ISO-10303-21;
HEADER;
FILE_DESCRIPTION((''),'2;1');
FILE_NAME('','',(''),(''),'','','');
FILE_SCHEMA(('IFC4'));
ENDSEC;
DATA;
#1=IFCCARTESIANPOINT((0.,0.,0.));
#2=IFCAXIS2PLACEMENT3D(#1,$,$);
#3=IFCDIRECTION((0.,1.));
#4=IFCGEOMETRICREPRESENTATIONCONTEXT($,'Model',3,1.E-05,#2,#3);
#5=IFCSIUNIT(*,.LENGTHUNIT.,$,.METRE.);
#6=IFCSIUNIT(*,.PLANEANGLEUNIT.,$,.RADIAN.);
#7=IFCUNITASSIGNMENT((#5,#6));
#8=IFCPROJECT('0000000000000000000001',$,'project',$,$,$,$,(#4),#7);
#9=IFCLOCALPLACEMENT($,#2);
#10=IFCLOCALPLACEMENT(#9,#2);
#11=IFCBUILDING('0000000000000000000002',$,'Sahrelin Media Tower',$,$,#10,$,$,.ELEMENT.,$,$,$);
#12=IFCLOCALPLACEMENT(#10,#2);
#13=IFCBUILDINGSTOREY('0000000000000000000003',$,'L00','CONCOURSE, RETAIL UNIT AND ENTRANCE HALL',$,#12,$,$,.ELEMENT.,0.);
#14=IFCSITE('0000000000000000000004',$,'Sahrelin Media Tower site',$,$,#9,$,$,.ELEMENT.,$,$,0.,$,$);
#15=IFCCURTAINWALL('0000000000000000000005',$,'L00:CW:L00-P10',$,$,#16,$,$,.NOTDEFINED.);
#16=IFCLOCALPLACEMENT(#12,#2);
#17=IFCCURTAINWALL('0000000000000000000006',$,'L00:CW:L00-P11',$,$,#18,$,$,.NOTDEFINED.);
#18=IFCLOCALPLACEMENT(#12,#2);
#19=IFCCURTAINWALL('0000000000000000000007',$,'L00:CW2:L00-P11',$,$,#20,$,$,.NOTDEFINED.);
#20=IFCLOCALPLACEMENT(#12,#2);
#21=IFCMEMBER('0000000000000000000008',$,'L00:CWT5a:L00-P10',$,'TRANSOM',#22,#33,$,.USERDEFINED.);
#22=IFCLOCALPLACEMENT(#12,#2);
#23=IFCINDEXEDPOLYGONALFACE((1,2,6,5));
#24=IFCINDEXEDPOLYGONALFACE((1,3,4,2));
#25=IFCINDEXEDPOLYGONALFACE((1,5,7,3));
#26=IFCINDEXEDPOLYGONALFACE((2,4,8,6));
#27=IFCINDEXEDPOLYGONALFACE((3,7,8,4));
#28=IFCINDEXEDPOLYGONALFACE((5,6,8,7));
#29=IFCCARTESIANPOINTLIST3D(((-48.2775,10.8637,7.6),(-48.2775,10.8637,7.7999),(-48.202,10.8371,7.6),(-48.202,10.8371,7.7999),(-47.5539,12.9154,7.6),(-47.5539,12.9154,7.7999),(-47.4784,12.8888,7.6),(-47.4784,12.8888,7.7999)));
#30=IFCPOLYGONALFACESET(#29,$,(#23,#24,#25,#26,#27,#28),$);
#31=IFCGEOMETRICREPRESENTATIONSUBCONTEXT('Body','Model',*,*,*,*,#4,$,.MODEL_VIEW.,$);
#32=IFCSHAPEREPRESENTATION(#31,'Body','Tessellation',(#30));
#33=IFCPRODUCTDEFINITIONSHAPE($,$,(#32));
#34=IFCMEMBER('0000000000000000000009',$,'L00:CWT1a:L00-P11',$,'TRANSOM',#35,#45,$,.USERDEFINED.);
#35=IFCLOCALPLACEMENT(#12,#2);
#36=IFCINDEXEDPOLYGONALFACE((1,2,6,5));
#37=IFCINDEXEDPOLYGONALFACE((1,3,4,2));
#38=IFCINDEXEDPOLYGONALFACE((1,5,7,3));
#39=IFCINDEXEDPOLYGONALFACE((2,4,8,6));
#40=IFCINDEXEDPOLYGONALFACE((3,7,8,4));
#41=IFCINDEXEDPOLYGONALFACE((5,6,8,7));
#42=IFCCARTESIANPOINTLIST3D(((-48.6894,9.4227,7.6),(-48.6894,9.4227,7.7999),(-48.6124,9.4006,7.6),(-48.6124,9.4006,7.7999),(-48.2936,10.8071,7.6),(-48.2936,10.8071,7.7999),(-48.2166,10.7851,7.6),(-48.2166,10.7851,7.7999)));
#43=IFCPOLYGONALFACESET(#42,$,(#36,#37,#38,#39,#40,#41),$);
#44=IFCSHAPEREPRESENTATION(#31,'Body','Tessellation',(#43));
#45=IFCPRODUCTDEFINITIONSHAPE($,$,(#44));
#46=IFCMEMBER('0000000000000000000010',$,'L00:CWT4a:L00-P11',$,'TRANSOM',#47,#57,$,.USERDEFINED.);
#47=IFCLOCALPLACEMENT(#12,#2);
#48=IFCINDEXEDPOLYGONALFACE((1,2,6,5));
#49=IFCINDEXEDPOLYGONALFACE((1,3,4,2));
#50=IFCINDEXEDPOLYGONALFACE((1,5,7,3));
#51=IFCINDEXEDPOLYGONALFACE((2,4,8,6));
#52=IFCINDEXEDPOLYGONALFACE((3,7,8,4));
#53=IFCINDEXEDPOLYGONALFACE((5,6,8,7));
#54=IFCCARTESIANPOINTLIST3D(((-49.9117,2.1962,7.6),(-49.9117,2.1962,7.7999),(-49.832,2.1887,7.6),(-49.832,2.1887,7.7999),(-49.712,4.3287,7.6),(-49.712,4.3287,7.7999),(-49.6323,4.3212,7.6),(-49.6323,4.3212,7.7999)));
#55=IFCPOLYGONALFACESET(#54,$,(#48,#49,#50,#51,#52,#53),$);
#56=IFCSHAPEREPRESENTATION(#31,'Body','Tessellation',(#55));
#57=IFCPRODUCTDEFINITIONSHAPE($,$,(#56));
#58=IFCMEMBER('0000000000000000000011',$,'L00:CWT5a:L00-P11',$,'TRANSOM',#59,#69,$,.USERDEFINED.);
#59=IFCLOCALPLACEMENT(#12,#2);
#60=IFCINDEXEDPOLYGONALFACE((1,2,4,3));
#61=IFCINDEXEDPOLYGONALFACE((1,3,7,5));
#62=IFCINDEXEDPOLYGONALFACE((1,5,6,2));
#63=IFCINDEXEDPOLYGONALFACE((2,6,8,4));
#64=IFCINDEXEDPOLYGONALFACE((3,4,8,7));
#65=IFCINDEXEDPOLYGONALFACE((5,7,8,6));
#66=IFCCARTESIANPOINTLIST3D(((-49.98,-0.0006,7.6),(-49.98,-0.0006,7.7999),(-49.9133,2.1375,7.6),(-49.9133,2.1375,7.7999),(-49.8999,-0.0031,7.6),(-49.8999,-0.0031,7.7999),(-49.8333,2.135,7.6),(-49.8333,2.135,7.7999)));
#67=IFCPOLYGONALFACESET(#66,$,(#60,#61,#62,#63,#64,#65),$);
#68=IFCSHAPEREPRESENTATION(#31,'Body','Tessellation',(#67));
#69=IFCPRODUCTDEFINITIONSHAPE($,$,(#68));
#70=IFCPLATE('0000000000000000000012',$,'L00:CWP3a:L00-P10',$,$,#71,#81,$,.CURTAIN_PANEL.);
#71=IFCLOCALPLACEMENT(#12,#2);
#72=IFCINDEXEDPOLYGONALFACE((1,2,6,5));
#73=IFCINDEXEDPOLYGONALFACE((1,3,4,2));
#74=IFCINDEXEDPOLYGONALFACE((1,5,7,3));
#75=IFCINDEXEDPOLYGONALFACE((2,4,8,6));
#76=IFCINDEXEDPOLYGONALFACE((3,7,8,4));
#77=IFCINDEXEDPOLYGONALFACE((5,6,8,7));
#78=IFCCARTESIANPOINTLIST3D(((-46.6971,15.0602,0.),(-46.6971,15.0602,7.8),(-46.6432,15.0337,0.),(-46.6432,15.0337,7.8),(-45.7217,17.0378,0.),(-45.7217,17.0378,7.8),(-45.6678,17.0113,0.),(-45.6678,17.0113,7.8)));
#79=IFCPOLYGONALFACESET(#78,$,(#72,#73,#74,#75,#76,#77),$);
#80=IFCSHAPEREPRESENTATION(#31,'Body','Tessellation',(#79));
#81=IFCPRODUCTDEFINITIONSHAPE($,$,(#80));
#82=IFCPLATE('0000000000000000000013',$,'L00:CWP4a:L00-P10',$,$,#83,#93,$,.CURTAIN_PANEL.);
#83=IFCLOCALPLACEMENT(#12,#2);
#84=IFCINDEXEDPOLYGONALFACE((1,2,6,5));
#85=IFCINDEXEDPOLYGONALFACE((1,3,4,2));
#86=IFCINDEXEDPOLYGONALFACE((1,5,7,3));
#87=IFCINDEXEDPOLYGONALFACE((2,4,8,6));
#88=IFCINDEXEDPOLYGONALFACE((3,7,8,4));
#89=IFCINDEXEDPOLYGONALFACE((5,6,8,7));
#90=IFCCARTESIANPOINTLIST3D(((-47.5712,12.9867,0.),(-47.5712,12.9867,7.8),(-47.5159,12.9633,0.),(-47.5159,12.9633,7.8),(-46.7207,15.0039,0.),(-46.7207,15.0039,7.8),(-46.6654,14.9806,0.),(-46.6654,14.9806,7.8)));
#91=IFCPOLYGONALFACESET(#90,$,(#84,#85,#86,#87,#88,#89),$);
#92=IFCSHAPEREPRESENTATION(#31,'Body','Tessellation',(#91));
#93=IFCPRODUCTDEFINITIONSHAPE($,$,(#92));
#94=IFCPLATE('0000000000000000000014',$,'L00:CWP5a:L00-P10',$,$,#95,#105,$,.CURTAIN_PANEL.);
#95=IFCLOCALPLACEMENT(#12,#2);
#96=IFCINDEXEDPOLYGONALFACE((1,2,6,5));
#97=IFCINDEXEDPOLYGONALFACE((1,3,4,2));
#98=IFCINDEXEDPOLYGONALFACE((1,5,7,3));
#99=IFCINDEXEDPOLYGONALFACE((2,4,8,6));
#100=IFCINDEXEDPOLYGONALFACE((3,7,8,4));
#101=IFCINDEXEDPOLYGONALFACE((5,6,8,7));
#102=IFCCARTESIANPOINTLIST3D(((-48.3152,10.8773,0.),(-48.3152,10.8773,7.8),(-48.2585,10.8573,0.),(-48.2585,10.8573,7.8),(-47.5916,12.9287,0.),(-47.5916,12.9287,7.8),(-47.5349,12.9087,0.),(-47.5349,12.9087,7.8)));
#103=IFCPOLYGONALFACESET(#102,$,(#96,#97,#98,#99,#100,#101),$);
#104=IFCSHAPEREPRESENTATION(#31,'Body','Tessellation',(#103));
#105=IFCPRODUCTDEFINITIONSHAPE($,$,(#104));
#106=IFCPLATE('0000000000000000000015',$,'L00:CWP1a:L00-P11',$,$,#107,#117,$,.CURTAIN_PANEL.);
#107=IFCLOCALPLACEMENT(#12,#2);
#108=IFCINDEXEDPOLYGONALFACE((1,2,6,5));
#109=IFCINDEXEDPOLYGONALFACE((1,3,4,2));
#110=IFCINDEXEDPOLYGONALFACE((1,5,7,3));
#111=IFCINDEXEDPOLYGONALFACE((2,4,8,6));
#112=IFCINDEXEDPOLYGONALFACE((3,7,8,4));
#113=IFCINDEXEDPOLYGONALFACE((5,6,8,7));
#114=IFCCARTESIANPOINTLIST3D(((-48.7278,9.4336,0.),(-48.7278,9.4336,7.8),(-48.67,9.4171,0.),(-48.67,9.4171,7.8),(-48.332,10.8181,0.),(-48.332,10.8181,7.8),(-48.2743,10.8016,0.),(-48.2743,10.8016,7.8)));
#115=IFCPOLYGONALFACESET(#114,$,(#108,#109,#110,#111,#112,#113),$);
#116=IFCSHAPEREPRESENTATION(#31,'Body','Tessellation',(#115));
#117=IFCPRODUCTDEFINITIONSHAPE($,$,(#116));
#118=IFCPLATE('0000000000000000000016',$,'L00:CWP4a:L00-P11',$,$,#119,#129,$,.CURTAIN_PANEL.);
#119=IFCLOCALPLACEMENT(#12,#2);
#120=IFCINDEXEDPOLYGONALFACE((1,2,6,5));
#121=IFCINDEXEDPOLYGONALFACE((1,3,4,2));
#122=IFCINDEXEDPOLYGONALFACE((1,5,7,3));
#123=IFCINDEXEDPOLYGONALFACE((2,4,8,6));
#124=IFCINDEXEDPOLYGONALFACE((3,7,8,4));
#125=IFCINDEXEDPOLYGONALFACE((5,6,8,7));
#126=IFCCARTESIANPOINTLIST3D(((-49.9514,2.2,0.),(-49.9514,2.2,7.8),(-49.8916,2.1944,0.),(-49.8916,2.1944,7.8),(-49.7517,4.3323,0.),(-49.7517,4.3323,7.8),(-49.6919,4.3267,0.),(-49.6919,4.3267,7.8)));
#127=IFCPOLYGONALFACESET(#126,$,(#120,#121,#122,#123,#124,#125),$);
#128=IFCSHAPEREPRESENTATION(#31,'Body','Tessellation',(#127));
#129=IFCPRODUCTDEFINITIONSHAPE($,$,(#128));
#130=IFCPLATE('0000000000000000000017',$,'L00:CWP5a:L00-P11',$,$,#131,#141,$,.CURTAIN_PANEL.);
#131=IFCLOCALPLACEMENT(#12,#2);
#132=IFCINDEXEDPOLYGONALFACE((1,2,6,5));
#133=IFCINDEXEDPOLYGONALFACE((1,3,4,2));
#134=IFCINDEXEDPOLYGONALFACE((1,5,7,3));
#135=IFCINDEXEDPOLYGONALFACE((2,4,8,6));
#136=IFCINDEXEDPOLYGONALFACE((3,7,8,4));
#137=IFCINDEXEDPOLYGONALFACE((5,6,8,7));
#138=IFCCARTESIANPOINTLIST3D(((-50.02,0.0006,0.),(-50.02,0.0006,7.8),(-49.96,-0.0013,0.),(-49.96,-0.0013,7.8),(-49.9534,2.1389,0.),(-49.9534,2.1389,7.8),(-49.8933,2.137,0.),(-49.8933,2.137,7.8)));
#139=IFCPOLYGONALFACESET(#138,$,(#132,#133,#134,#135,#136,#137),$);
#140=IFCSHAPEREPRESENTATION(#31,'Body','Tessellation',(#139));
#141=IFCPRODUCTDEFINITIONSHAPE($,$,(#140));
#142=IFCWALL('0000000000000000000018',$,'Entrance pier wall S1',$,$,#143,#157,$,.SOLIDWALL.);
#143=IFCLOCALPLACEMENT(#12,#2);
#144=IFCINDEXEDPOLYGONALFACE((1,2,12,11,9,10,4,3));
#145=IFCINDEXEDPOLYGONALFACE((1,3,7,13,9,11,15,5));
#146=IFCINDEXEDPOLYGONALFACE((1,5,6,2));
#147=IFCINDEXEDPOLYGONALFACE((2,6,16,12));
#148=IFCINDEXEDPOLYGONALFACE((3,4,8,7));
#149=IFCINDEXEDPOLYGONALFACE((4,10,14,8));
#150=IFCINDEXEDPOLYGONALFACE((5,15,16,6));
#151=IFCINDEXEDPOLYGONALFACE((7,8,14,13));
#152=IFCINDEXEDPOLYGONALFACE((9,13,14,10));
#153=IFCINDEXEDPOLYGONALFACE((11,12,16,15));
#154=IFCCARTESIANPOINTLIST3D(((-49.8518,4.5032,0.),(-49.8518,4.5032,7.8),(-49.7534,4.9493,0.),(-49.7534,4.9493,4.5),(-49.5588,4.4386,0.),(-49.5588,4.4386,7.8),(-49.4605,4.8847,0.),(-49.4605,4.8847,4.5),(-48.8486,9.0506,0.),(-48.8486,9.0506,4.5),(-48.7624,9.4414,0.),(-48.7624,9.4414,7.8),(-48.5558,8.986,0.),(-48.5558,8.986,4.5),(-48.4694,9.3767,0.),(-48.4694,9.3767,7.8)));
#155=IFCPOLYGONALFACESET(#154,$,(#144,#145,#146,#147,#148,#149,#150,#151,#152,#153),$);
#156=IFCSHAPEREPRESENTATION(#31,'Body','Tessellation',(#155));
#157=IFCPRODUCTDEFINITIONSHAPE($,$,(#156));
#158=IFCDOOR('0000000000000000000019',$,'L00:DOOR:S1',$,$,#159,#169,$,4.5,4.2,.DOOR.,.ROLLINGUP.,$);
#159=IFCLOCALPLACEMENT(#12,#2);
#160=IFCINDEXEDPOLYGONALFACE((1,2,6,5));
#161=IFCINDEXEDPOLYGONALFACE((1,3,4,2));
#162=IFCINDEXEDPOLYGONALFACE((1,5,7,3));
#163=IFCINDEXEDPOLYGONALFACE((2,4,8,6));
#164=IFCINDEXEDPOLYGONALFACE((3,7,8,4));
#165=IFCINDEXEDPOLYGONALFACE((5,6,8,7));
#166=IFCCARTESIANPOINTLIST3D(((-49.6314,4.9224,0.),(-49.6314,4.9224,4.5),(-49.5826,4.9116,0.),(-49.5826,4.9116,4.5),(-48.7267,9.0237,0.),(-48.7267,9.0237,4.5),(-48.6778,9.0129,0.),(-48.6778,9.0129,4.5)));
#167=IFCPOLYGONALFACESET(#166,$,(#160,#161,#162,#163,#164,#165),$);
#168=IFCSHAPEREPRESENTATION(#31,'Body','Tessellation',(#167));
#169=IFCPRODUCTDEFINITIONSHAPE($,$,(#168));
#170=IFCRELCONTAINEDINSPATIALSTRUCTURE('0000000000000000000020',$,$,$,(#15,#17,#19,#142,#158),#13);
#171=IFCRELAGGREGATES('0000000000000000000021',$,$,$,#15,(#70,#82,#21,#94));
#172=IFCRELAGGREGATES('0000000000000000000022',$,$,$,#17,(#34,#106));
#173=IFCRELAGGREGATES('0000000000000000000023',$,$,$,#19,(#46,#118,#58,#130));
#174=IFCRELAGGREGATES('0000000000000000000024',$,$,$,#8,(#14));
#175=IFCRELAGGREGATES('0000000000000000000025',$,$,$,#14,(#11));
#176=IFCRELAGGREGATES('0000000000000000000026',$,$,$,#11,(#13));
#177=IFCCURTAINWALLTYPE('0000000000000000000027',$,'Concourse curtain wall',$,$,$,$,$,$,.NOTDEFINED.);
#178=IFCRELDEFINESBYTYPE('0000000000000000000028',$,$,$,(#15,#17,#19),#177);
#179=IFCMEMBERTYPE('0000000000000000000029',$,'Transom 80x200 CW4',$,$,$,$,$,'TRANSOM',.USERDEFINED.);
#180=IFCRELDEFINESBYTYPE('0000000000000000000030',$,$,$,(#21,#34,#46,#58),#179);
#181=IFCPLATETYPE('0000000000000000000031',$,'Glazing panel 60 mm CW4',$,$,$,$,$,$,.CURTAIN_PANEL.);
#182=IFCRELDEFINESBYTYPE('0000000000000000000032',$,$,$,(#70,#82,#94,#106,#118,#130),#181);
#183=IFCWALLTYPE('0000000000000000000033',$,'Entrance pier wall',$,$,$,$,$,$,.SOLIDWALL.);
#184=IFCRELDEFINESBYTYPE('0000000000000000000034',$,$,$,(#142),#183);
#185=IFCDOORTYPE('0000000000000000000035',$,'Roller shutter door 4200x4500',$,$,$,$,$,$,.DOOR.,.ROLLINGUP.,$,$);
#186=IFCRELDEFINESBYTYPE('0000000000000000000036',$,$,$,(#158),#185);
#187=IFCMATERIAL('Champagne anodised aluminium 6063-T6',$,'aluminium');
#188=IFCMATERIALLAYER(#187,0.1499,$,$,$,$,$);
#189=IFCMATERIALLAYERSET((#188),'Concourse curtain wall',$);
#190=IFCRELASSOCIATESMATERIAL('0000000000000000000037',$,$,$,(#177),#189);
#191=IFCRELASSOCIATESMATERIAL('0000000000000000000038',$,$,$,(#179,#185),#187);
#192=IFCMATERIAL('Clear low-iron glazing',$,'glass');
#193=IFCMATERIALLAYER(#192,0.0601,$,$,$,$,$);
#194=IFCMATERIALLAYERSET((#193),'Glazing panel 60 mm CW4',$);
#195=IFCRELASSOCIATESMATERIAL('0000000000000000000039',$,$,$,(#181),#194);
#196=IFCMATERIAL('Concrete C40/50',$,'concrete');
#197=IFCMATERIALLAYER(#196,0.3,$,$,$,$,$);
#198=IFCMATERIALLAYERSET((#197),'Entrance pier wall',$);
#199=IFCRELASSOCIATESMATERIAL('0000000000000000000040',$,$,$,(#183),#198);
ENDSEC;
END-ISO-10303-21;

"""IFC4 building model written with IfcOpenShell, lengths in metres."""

from ifc_helpers import new_model, si_unit, direction, frame, frame_2d, origin, origin_2d, place, context, subcontext, project, spatial, polyline, rectangle, outline, extrude, material, layer, layer_set, material_profile, profile_set, type_object, element, fill, aggregate, save


model = new_model("IFC4")

# Units and contexts
model_context = context("Model", 3, precision=1e-05, world=origin(), true_north=direction((0.0, 1.0)))
body_context = subcontext(model_context, "Body", "Model", "MODEL_VIEW")
ifc_project = project(units=[si_unit("LENGTHUNIT", "METRE"), si_unit("PLANEANGLEUNIT", "RADIAN")], contexts=[model_context])

# Site, building, storey
site_placement = place(None, origin())
site = spatial("IfcSite", under=ifc_project, at=site_placement, Name="Sahrelin Media Tower site", CompositionType="ELEMENT", RefElevation=0.0)
building_placement = place(site_placement, origin())
building = spatial("IfcBuilding", under=site, at=building_placement, Name="Sahrelin Media Tower", CompositionType="ELEMENT")
storey_placement = place(building_placement, origin())
storey = spatial("IfcBuildingStorey", under=building, at=storey_placement, Name="L00", Description="CONCOURSE, RETAIL UNIT AND ENTRANCE HALL", CompositionType="ELEMENT", Elevation=0.0)

# Curtain wall
ifc_material_1 = material(Name="Champagne anodised aluminium 6063-T6", Category="aluminium")
ifc_layer_1 = layer(ifc_material_1, 0.1499)
ifc_layer_set_1 = layer_set([ifc_layer_1], Name="Concourse curtain wall")
curtain_wall_type = type_object("IfcCurtainWallType", Name="Concourse curtain wall", PredefinedType="NOTDEFINED", material=ifc_layer_set_1)
curtain_wall_1_placement = place(storey_placement, frame((-43.3013, 21.0, 0.0), z_axis=(0.0, 0.0, 1.0), x_axis=(1.0, 0.0, 0.0)))
curtain_wall_1 = element("IfcCurtainWall", 1, at=curtain_wall_1_placement, inside=storey, type_object=curtain_wall_type, Name="L00:CW:L00-P10", PredefinedType="NOTDEFINED")

# Curtain wall
curtain_wall_2_placement = place(storey_placement, frame((-48.2964, 10.8704, 0.0), z_axis=(0.0, 0.0, 1.0), x_axis=(1.0, 0.0, 0.0)))
curtain_wall_2 = element("IfcCurtainWall", 2, at=curtain_wall_2_placement, inside=storey, type_object=curtain_wall_type, Name="L00:CW:L00-P11", PredefinedType="NOTDEFINED")

# Curtain wall
curtain_wall_3_placement = place(storey_placement, frame((-49.7039, 4.5327, 0.0), z_axis=(0.0, 0.0, 1.0), x_axis=(1.0, 0.0, 0.0)))
curtain_wall_3 = element("IfcCurtainWall", 3, at=curtain_wall_3_placement, inside=storey, type_object=curtain_wall_type, Name="L00:CW2:L00-P11", PredefinedType="NOTDEFINED")

# Members
ifc_material_profile_1 = material_profile(ifc_material_1, rectangle(XDim=0.0801, YDim=0.2, at=origin_2d()), Name="Transom 80x200")
ifc_profile_set_1 = profile_set([ifc_material_profile_1], Name="Champagne anodised aluminium 6063-T6")
member_type_1 = type_object("IfcMemberType", Name="Transom 80x200 CW4", ElementType="TRANSOM", PredefinedType="USERDEFINED", material=ifc_profile_set_1)
member_1_placement = place(storey_placement, frame((-47.5161, 12.9021, 7.7), z_axis=(-0.332609, -0.943065, 0.0), x_axis=(0.943065, -0.332609, 0.0)))
member_1 = element("IfcMember", 4, at=member_1_placement, type_object=member_type_1, Name="L00:CWT5a:L00-P10", ObjectType="TRANSOM", PredefinedType="USERDEFINED", context=body_context, shape_type="SweptSolid", body=[
    extrude(rectangle(XDim=0.0801, YDim=0.2, at=origin_2d()), origin(), (0.0, 0.0, 1.0), 2.1755),
])
member_2_placement = place(storey_placement, frame((-48.2551, 10.7961, 7.7), z_axis=(-0.274833, -0.961492, 0.0), x_axis=(0.961492, -0.274833, 0.0)))
member_2 = element("IfcMember", 5, at=member_2_placement, type_object=member_type_1, Name="L00:CWT1a:L00-P11", ObjectType="TRANSOM", PredefinedType="USERDEFINED", context=body_context, shape_type="SweptSolid", body=[
    extrude(rectangle(XDim=0.0801, YDim=0.2, at=origin_2d()), origin(), (0.0, 0.0, 1.0), 1.4399),
])
member_3_placement = place(storey_placement, frame((-49.6721, 4.325, 7.7), z_axis=(-0.093238, -0.995644, 0.0), x_axis=(0.995644, -0.093238, 0.0)))
member_3 = element("IfcMember", 6, at=member_3_placement, type_object=member_type_1, Name="L00:CWT4a:L00-P11", ObjectType="TRANSOM", PredefinedType="USERDEFINED", context=body_context, shape_type="SweptSolid", body=[
    extrude(rectangle(XDim=0.0801, YDim=0.2, at=origin_2d()), origin(), (0.0, 0.0, 1.0), 2.1418),
])
member_4_placement = place(storey_placement, frame((-49.8733, 2.1362, 7.7), z_axis=(-0.031156, -0.999515, 0.0), x_axis=(0.999515, -0.031156, 0.0)))
member_4 = element("IfcMember", 7, at=member_4_placement, type_object=member_type_1, Name="L00:CWT5a:L00-P11", ObjectType="TRANSOM", PredefinedType="USERDEFINED", context=body_context, shape_type="SweptSolid", body=[
    extrude(rectangle(XDim=0.0801, YDim=0.2, at=origin_2d()), origin(), (0.0, 0.0, 1.0), 2.1392),
])

# Plates
ifc_material_2 = material(Name="Clear low-iron glazing", Category="glass")
ifc_layer_2 = layer(ifc_material_2, 0.0601)
ifc_layer_set_2 = layer_set([ifc_layer_2], Name="Glazing panel 60 mm CW4")
plate_type = type_object("IfcPlateType", Name="Glazing panel 60 mm CW4", PredefinedType="CURTAIN_PANEL", material=ifc_layer_set_2)
plate_1_placement = place(storey_placement, frame((-45.7217, 17.0378, 0.0), z_axis=(-0.89685, 0.442335, 0.0), x_axis=(-0.442335, -0.89685, 0.0)))
plate_1 = element("IfcPlate", 8, at=plate_1_placement, type_object=plate_type, Name="L00:CWP3a:L00-P10", PredefinedType="CURTAIN_PANEL", context=body_context, shape_type="SweptSolid", body=[
    extrude(outline(polyline([(0.0, 0.0), (2.2051, 0.0), (2.2051, 7.8), (0.0, 7.8), (0.0, 0.0)])), origin(), (0.0, 0.0, -1.0), 0.0601),
])
plate_2_placement = place(storey_placement, frame((-46.7207, 15.0039, 0.0), z_axis=(-0.921442, 0.388516, 0.0), x_axis=(-0.388516, -0.921442, 0.0)))
plate_2 = element("IfcPlate", 9, at=plate_2_placement, type_object=plate_type, Name="L00:CWP4a:L00-P10", PredefinedType="CURTAIN_PANEL", context=body_context, shape_type="SweptSolid", body=[
    extrude(outline(polyline([(0.0, 0.0), (2.1892, 0.0), (2.1892, 7.8), (0.0, 7.8), (0.0, 0.0)])), origin(), (0.0, 0.0, -1.0), 0.0601),
])
plate_3_placement = place(storey_placement, frame((-47.5916, 12.9287, 0.0), z_axis=(-0.943052, 0.332644, 0.0), x_axis=(-0.332644, -0.943052, 0.0)))
plate_3 = element("IfcPlate", 10, at=plate_3_placement, type_object=plate_type, Name="L00:CWP5a:L00-P10", PredefinedType="CURTAIN_PANEL", context=body_context, shape_type="SweptSolid", body=[
    extrude(outline(polyline([(0.0, 0.0), (2.1753, 0.0), (2.1753, 7.8), (0.0, 7.8), (0.0, 0.0)])), origin(), (0.0, 0.0, -1.0), 0.0601),
])
aggregate(curtain_wall_1, [plate_1, plate_2, member_1, plate_3])
plate_4_placement = place(storey_placement, frame((-48.332, 10.8181, 0.0), z_axis=(-0.961492, 0.274833, 0.0), x_axis=(-0.274833, -0.961492, 0.0)))
plate_4 = element("IfcPlate", 11, at=plate_4_placement, type_object=plate_type, Name="L00:CWP1a:L00-P11", PredefinedType="CURTAIN_PANEL", context=body_context, shape_type="SweptSolid", body=[
    extrude(outline(polyline([(0.0, 0.0), (1.4399, 0.0), (1.4399, 7.8), (0.0, 7.8), (0.0, 0.0)])), origin(), (0.0, 0.0, -1.0), 0.0601),
])
aggregate(curtain_wall_2, [member_2, plate_4])
plate_5_placement = place(storey_placement, frame((-49.7517, 4.3323, 0.0), z_axis=(-0.995643, 0.093249, 0.0), x_axis=(-0.093249, -0.995643, 0.0)))
plate_5 = element("IfcPlate", 12, at=plate_5_placement, type_object=plate_type, Name="L00:CWP4a:L00-P11", PredefinedType="CURTAIN_PANEL", context=body_context, shape_type="SweptSolid", body=[
    extrude(outline(polyline([(0.0, 0.0), (2.1416, 0.0), (2.1416, 7.8), (0.0, 7.8), (0.0, 0.0)])), origin(), (0.0, 0.0, -1.0), 0.0601),
])
plate_6_placement = place(storey_placement, frame((-49.9534, 2.1389, 0.0), z_axis=(-0.999515, 0.031153, 0.0), x_axis=(-0.031153, -0.999515, 0.0)))
plate_6 = element("IfcPlate", 13, at=plate_6_placement, type_object=plate_type, Name="L00:CWP5a:L00-P11", PredefinedType="CURTAIN_PANEL", context=body_context, shape_type="SweptSolid", body=[
    extrude(outline(polyline([(0.0, 0.0), (2.1394, 0.0), (2.1394, 7.8), (0.0, 7.8), (0.0, 0.0)])), origin(), (0.0, 0.0, -1.0), 0.0601),
])
aggregate(curtain_wall_3, [member_3, plate_5, member_4, plate_6])

# Wall, opening, door
ifc_material_3 = material(Name="Concrete C40/50", Category="concrete")
ifc_layer_3 = layer(ifc_material_3, 0.3)
ifc_layer_set_3 = layer_set([ifc_layer_3], Name="Entrance pier wall")
wall_type = type_object("IfcWallType", Name="Entrance pier wall", PredefinedType="SOLIDWALL", material=ifc_layer_set_3)
wall_placement = place(storey_placement, frame((-48.616, 9.4089, 0.0), z_axis=(0.0, 0.0, 1.0), x_axis=(-0.215417, -0.976522, 0.0)))
wall = element("IfcWall", 14, at=wall_placement, inside=storey, type_object=wall_type, Name="Entrance pier wall S1", PredefinedType="SOLIDWALL", context=body_context, shape_type="SweptSolid", body=[
    extrude(rectangle(XDim=5.0569, YDim=0.3, at=frame_2d((2.5283, 0.0))), origin(), (0.0, 0.0, 1.0), 7.8),
])
opening_placement = place(wall_placement, frame((0.3999, 0.0, 0.0)))
opening = element("IfcOpeningElement", 15, at=opening_placement, cuts=wall, PredefinedType="OPENING", context=body_context, shape_type="SweptSolid", body=[
    extrude(rectangle(XDim=4.2, YDim=4.5, at=frame_2d((2.1001, 2.25))), frame((0.0, 0.1499, 0.0), z_axis=(0.0, -1.0, 0.0), x_axis=(1.0, 0.0, 0.0)), (0.0, 0.0, 1.0), 0.3),
])
door_type = type_object("IfcDoorType", Name="Roller shutter door 4200x4500", OperationType="ROLLINGUP", PredefinedType="DOOR", material=ifc_material_1)
door_placement = place(opening_placement, origin())
door = element("IfcDoor", 16, at=door_placement, inside=storey, type_object=door_type, Name="L00:DOOR:S1", OperationType="ROLLINGUP", OverallHeight=4.5, OverallWidth=4.2, PredefinedType="DOOR", context=body_context, shape_type="SweptSolid", body=[
    extrude(rectangle(XDim=4.2, YDim=4.5, at=frame_2d((2.1001, 2.25))), frame((0.0, 0.0249, 0.0), z_axis=(0.0, -1.0, 0.0), x_axis=(1.0, 0.0, 0.0)), (0.0, 0.0, 1.0), 0.05),
])
fill(opening, door)

save(model, "model.ifc")
